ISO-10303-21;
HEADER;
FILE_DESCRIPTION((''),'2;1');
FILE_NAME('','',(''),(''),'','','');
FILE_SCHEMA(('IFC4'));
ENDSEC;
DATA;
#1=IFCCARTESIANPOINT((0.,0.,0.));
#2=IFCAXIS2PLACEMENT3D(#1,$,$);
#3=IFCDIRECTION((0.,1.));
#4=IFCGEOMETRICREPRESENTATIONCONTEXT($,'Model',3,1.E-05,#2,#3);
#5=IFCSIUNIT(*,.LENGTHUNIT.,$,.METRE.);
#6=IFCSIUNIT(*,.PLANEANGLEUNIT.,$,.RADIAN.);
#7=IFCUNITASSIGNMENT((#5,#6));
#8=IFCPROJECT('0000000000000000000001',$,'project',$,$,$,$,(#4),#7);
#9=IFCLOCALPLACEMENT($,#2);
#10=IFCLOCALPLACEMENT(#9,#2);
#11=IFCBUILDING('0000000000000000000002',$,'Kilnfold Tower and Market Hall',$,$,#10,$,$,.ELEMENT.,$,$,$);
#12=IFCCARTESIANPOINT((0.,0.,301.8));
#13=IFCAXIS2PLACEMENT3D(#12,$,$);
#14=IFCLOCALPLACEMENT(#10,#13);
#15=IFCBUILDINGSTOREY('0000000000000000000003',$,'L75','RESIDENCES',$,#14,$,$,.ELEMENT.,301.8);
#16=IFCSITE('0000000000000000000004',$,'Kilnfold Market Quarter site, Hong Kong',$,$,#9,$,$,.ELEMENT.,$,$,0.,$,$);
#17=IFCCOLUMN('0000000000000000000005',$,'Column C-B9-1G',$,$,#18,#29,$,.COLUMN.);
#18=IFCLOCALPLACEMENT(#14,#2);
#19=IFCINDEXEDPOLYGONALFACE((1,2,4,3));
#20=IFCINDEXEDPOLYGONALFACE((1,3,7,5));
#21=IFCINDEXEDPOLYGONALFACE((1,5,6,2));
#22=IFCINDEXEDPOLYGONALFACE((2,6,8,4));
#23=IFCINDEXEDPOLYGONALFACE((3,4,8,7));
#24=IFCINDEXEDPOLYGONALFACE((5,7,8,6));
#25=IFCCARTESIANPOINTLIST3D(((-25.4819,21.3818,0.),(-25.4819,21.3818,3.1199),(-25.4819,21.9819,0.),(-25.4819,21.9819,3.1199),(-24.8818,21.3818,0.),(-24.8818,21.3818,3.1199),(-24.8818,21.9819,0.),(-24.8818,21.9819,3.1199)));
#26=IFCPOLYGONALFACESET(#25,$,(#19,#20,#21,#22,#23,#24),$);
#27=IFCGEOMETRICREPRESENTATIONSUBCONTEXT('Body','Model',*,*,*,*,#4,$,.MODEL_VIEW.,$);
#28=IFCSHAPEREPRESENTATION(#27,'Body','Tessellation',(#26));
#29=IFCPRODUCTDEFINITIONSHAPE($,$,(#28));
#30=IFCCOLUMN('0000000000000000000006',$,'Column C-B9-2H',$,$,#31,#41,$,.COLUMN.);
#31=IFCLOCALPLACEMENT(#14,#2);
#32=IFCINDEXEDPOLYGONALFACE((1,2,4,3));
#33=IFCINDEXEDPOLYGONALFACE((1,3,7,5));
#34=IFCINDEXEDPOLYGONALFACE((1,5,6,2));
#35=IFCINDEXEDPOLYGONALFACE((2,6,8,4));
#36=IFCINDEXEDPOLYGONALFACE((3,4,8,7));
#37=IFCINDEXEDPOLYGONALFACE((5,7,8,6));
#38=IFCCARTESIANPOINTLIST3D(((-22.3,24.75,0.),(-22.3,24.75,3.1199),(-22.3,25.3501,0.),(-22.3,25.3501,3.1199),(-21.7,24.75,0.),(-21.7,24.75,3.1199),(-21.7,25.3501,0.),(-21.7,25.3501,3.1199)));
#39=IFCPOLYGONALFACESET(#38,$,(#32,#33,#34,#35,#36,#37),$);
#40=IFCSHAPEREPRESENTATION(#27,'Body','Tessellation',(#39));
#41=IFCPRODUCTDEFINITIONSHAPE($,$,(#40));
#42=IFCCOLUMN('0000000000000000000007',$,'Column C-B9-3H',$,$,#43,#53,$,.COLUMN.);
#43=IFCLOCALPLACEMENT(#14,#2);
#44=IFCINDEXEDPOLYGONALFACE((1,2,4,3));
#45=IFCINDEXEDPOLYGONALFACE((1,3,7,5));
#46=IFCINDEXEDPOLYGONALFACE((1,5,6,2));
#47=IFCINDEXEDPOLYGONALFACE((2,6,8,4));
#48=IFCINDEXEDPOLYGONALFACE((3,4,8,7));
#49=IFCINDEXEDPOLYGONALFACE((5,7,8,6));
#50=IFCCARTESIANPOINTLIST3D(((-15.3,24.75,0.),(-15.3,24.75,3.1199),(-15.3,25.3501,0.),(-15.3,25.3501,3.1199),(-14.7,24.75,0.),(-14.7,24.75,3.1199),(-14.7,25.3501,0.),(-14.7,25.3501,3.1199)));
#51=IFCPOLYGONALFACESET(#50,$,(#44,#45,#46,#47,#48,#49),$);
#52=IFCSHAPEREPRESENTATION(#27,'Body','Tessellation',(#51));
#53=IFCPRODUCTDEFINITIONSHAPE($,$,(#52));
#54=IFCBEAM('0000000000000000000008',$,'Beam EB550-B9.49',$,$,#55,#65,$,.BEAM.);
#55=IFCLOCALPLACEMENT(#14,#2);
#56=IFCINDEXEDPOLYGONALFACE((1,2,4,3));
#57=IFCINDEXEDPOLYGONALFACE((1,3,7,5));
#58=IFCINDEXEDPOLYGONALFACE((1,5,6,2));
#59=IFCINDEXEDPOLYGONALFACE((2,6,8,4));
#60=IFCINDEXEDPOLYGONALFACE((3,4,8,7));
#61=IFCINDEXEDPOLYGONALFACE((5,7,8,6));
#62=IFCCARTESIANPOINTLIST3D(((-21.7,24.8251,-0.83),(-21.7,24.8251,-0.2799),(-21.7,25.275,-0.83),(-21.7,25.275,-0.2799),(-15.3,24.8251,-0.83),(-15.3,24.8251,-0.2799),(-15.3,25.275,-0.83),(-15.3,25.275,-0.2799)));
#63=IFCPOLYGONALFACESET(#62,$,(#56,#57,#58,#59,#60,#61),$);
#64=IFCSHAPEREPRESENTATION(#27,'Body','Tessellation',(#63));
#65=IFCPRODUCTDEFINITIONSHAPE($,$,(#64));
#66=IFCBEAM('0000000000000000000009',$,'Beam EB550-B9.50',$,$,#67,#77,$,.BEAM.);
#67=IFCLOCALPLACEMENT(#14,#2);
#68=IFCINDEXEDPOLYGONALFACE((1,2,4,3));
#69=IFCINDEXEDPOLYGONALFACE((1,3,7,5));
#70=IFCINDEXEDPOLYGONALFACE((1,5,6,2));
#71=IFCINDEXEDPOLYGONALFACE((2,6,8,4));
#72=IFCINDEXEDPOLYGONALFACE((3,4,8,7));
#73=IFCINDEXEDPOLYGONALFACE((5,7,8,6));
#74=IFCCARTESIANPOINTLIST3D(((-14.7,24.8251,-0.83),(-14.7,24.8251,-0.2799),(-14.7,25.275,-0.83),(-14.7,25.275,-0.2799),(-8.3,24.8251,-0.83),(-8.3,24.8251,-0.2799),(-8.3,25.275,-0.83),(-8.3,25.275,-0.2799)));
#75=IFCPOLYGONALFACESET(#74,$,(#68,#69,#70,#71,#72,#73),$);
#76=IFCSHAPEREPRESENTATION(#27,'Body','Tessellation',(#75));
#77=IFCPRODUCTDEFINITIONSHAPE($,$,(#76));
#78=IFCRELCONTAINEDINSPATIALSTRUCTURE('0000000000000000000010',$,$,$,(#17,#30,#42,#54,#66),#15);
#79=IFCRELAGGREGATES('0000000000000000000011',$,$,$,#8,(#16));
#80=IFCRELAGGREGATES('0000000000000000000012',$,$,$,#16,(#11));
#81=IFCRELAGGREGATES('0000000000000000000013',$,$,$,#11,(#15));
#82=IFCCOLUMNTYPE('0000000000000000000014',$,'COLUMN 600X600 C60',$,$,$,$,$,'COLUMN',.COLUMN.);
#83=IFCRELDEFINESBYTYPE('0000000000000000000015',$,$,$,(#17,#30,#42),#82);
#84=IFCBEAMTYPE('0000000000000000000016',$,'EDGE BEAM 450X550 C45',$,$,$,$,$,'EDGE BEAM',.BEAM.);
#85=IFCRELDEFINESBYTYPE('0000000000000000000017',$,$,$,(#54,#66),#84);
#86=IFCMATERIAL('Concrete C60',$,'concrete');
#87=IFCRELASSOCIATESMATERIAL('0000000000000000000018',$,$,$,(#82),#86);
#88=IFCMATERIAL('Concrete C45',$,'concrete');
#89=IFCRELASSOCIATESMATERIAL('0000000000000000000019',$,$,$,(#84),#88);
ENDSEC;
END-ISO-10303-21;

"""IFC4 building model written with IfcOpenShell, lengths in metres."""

from ifc_helpers import new_model, si_unit, direction, frame, origin, origin_2d, place, context, subcontext, project, spatial, rectangle, extrude, source, transform, mapped, material, material_profile, profile_set, type_object, element, save


model = new_model("IFC4")

# Units and contexts
model_context = context("Model", 3, precision=1e-05, world=origin(), true_north=direction((0.0, 1.0)))
body_context = subcontext(model_context, "Body", "Model", "MODEL_VIEW")
ifc_project = project(units=[si_unit("LENGTHUNIT", "METRE"), si_unit("PLANEANGLEUNIT", "RADIAN")], contexts=[model_context])

# Site, building, storey
site_placement = place(None, origin())
site = spatial("IfcSite", under=ifc_project, at=site_placement, Name="Kilnfold Market Quarter site, Hong Kong", CompositionType="ELEMENT", RefElevation=0.0)
building_placement = place(site_placement, origin())
building = spatial("IfcBuilding", under=site, at=building_placement, Name="Kilnfold Tower and Market Hall", CompositionType="ELEMENT")
storey_placement = place(building_placement, frame((0.0, 0.0, 301.8)))
storey = spatial("IfcBuildingStorey", under=building, at=storey_placement, Name="L75", Description="RESIDENCES", CompositionType="ELEMENT", Elevation=301.8)

# Columns
ifc_material_1 = material(Name="Concrete C60", Category="concrete")
ifc_material_profile_1 = material_profile(ifc_material_1, rectangle(XDim=0.6001, YDim=0.6001, at=origin_2d()), Name="RC 600x600")
ifc_profile_set_1 = profile_set([ifc_material_profile_1], Name="Concrete C60")
column_type = type_object("IfcColumnType", Name="COLUMN 600X600 C60", ElementType="COLUMN", PredefinedType="COLUMN", material=ifc_profile_set_1)
shared_shape_1 = source(origin(), body_context, "Body", "SweptSolid", [
    extrude(rectangle(XDim=0.6001, YDim=0.6001, at=origin_2d()), origin(), (0.0, 0.0, 1.0), 3.1199),
])
for number, where, z_axis, x_axis, name in (
    (1, (-25.1819, 21.6819, 0.0), (0.0, 0.0, 1.0), (1.0, 0.0, 0.0), "Column C-B9-1G"),
    (2, (-22.0, 25.05, 0.0), (0.0, 0.0, 1.0), (1.0, 0.0, 0.0), "Column C-B9-2H"),
    (3, (-15.0, 25.05, 0.0), (0.0, 0.0, 1.0), (1.0, 0.0, 0.0), "Column C-B9-3H"),
):
    element("IfcColumn", number, at=place(storey_placement, frame(where, z_axis=z_axis, x_axis=x_axis)), inside=storey, type_object=column_type, Name=name, PredefinedType="COLUMN", context=body_context, shape_type="MappedRepresentation", body=[
        mapped(shared_shape_1, transform((0.0, 0.0, 0.0))),
    ])

# Beams
ifc_material_2 = material(Name="Concrete C45", Category="concrete")
ifc_material_profile_2 = material_profile(ifc_material_2, rectangle(XDim=0.45, YDim=0.55, at=origin_2d()), Name="RC 450x550")
ifc_profile_set_2 = profile_set([ifc_material_profile_2], Name="Concrete C45")
beam_type = type_object("IfcBeamType", Name="EDGE BEAM 450X550 C45", ElementType="EDGE BEAM", PredefinedType="BEAM", material=ifc_profile_set_2)
shared_shape_2 = source(origin(), body_context, "Body", "SweptSolid", [
    extrude(rectangle(XDim=0.45, YDim=0.55, at=origin_2d()), origin(), (0.0, 0.0, 1.0), 6.3999),
])
for number, where, z_axis, x_axis, name in (
    (4, (-21.7, 25.05, -0.5549), (1.0, 0.0, 0.0), (0.0, 1.0, 0.0), "Beam EB550-B9.49"),
    (5, (-14.7, 25.05, -0.5549), (1.0, 0.0, 0.0), (0.0, 1.0, 0.0), "Beam EB550-B9.50"),
):
    element("IfcBeam", number, at=place(storey_placement, frame(where, z_axis=z_axis, x_axis=x_axis)), inside=storey, type_object=beam_type, Name=name, PredefinedType="BEAM", context=body_context, shape_type="MappedRepresentation", body=[
        mapped(shared_shape_2, transform((0.0, 0.0, 0.0))),
    ])

save(model, "model.ifc")
